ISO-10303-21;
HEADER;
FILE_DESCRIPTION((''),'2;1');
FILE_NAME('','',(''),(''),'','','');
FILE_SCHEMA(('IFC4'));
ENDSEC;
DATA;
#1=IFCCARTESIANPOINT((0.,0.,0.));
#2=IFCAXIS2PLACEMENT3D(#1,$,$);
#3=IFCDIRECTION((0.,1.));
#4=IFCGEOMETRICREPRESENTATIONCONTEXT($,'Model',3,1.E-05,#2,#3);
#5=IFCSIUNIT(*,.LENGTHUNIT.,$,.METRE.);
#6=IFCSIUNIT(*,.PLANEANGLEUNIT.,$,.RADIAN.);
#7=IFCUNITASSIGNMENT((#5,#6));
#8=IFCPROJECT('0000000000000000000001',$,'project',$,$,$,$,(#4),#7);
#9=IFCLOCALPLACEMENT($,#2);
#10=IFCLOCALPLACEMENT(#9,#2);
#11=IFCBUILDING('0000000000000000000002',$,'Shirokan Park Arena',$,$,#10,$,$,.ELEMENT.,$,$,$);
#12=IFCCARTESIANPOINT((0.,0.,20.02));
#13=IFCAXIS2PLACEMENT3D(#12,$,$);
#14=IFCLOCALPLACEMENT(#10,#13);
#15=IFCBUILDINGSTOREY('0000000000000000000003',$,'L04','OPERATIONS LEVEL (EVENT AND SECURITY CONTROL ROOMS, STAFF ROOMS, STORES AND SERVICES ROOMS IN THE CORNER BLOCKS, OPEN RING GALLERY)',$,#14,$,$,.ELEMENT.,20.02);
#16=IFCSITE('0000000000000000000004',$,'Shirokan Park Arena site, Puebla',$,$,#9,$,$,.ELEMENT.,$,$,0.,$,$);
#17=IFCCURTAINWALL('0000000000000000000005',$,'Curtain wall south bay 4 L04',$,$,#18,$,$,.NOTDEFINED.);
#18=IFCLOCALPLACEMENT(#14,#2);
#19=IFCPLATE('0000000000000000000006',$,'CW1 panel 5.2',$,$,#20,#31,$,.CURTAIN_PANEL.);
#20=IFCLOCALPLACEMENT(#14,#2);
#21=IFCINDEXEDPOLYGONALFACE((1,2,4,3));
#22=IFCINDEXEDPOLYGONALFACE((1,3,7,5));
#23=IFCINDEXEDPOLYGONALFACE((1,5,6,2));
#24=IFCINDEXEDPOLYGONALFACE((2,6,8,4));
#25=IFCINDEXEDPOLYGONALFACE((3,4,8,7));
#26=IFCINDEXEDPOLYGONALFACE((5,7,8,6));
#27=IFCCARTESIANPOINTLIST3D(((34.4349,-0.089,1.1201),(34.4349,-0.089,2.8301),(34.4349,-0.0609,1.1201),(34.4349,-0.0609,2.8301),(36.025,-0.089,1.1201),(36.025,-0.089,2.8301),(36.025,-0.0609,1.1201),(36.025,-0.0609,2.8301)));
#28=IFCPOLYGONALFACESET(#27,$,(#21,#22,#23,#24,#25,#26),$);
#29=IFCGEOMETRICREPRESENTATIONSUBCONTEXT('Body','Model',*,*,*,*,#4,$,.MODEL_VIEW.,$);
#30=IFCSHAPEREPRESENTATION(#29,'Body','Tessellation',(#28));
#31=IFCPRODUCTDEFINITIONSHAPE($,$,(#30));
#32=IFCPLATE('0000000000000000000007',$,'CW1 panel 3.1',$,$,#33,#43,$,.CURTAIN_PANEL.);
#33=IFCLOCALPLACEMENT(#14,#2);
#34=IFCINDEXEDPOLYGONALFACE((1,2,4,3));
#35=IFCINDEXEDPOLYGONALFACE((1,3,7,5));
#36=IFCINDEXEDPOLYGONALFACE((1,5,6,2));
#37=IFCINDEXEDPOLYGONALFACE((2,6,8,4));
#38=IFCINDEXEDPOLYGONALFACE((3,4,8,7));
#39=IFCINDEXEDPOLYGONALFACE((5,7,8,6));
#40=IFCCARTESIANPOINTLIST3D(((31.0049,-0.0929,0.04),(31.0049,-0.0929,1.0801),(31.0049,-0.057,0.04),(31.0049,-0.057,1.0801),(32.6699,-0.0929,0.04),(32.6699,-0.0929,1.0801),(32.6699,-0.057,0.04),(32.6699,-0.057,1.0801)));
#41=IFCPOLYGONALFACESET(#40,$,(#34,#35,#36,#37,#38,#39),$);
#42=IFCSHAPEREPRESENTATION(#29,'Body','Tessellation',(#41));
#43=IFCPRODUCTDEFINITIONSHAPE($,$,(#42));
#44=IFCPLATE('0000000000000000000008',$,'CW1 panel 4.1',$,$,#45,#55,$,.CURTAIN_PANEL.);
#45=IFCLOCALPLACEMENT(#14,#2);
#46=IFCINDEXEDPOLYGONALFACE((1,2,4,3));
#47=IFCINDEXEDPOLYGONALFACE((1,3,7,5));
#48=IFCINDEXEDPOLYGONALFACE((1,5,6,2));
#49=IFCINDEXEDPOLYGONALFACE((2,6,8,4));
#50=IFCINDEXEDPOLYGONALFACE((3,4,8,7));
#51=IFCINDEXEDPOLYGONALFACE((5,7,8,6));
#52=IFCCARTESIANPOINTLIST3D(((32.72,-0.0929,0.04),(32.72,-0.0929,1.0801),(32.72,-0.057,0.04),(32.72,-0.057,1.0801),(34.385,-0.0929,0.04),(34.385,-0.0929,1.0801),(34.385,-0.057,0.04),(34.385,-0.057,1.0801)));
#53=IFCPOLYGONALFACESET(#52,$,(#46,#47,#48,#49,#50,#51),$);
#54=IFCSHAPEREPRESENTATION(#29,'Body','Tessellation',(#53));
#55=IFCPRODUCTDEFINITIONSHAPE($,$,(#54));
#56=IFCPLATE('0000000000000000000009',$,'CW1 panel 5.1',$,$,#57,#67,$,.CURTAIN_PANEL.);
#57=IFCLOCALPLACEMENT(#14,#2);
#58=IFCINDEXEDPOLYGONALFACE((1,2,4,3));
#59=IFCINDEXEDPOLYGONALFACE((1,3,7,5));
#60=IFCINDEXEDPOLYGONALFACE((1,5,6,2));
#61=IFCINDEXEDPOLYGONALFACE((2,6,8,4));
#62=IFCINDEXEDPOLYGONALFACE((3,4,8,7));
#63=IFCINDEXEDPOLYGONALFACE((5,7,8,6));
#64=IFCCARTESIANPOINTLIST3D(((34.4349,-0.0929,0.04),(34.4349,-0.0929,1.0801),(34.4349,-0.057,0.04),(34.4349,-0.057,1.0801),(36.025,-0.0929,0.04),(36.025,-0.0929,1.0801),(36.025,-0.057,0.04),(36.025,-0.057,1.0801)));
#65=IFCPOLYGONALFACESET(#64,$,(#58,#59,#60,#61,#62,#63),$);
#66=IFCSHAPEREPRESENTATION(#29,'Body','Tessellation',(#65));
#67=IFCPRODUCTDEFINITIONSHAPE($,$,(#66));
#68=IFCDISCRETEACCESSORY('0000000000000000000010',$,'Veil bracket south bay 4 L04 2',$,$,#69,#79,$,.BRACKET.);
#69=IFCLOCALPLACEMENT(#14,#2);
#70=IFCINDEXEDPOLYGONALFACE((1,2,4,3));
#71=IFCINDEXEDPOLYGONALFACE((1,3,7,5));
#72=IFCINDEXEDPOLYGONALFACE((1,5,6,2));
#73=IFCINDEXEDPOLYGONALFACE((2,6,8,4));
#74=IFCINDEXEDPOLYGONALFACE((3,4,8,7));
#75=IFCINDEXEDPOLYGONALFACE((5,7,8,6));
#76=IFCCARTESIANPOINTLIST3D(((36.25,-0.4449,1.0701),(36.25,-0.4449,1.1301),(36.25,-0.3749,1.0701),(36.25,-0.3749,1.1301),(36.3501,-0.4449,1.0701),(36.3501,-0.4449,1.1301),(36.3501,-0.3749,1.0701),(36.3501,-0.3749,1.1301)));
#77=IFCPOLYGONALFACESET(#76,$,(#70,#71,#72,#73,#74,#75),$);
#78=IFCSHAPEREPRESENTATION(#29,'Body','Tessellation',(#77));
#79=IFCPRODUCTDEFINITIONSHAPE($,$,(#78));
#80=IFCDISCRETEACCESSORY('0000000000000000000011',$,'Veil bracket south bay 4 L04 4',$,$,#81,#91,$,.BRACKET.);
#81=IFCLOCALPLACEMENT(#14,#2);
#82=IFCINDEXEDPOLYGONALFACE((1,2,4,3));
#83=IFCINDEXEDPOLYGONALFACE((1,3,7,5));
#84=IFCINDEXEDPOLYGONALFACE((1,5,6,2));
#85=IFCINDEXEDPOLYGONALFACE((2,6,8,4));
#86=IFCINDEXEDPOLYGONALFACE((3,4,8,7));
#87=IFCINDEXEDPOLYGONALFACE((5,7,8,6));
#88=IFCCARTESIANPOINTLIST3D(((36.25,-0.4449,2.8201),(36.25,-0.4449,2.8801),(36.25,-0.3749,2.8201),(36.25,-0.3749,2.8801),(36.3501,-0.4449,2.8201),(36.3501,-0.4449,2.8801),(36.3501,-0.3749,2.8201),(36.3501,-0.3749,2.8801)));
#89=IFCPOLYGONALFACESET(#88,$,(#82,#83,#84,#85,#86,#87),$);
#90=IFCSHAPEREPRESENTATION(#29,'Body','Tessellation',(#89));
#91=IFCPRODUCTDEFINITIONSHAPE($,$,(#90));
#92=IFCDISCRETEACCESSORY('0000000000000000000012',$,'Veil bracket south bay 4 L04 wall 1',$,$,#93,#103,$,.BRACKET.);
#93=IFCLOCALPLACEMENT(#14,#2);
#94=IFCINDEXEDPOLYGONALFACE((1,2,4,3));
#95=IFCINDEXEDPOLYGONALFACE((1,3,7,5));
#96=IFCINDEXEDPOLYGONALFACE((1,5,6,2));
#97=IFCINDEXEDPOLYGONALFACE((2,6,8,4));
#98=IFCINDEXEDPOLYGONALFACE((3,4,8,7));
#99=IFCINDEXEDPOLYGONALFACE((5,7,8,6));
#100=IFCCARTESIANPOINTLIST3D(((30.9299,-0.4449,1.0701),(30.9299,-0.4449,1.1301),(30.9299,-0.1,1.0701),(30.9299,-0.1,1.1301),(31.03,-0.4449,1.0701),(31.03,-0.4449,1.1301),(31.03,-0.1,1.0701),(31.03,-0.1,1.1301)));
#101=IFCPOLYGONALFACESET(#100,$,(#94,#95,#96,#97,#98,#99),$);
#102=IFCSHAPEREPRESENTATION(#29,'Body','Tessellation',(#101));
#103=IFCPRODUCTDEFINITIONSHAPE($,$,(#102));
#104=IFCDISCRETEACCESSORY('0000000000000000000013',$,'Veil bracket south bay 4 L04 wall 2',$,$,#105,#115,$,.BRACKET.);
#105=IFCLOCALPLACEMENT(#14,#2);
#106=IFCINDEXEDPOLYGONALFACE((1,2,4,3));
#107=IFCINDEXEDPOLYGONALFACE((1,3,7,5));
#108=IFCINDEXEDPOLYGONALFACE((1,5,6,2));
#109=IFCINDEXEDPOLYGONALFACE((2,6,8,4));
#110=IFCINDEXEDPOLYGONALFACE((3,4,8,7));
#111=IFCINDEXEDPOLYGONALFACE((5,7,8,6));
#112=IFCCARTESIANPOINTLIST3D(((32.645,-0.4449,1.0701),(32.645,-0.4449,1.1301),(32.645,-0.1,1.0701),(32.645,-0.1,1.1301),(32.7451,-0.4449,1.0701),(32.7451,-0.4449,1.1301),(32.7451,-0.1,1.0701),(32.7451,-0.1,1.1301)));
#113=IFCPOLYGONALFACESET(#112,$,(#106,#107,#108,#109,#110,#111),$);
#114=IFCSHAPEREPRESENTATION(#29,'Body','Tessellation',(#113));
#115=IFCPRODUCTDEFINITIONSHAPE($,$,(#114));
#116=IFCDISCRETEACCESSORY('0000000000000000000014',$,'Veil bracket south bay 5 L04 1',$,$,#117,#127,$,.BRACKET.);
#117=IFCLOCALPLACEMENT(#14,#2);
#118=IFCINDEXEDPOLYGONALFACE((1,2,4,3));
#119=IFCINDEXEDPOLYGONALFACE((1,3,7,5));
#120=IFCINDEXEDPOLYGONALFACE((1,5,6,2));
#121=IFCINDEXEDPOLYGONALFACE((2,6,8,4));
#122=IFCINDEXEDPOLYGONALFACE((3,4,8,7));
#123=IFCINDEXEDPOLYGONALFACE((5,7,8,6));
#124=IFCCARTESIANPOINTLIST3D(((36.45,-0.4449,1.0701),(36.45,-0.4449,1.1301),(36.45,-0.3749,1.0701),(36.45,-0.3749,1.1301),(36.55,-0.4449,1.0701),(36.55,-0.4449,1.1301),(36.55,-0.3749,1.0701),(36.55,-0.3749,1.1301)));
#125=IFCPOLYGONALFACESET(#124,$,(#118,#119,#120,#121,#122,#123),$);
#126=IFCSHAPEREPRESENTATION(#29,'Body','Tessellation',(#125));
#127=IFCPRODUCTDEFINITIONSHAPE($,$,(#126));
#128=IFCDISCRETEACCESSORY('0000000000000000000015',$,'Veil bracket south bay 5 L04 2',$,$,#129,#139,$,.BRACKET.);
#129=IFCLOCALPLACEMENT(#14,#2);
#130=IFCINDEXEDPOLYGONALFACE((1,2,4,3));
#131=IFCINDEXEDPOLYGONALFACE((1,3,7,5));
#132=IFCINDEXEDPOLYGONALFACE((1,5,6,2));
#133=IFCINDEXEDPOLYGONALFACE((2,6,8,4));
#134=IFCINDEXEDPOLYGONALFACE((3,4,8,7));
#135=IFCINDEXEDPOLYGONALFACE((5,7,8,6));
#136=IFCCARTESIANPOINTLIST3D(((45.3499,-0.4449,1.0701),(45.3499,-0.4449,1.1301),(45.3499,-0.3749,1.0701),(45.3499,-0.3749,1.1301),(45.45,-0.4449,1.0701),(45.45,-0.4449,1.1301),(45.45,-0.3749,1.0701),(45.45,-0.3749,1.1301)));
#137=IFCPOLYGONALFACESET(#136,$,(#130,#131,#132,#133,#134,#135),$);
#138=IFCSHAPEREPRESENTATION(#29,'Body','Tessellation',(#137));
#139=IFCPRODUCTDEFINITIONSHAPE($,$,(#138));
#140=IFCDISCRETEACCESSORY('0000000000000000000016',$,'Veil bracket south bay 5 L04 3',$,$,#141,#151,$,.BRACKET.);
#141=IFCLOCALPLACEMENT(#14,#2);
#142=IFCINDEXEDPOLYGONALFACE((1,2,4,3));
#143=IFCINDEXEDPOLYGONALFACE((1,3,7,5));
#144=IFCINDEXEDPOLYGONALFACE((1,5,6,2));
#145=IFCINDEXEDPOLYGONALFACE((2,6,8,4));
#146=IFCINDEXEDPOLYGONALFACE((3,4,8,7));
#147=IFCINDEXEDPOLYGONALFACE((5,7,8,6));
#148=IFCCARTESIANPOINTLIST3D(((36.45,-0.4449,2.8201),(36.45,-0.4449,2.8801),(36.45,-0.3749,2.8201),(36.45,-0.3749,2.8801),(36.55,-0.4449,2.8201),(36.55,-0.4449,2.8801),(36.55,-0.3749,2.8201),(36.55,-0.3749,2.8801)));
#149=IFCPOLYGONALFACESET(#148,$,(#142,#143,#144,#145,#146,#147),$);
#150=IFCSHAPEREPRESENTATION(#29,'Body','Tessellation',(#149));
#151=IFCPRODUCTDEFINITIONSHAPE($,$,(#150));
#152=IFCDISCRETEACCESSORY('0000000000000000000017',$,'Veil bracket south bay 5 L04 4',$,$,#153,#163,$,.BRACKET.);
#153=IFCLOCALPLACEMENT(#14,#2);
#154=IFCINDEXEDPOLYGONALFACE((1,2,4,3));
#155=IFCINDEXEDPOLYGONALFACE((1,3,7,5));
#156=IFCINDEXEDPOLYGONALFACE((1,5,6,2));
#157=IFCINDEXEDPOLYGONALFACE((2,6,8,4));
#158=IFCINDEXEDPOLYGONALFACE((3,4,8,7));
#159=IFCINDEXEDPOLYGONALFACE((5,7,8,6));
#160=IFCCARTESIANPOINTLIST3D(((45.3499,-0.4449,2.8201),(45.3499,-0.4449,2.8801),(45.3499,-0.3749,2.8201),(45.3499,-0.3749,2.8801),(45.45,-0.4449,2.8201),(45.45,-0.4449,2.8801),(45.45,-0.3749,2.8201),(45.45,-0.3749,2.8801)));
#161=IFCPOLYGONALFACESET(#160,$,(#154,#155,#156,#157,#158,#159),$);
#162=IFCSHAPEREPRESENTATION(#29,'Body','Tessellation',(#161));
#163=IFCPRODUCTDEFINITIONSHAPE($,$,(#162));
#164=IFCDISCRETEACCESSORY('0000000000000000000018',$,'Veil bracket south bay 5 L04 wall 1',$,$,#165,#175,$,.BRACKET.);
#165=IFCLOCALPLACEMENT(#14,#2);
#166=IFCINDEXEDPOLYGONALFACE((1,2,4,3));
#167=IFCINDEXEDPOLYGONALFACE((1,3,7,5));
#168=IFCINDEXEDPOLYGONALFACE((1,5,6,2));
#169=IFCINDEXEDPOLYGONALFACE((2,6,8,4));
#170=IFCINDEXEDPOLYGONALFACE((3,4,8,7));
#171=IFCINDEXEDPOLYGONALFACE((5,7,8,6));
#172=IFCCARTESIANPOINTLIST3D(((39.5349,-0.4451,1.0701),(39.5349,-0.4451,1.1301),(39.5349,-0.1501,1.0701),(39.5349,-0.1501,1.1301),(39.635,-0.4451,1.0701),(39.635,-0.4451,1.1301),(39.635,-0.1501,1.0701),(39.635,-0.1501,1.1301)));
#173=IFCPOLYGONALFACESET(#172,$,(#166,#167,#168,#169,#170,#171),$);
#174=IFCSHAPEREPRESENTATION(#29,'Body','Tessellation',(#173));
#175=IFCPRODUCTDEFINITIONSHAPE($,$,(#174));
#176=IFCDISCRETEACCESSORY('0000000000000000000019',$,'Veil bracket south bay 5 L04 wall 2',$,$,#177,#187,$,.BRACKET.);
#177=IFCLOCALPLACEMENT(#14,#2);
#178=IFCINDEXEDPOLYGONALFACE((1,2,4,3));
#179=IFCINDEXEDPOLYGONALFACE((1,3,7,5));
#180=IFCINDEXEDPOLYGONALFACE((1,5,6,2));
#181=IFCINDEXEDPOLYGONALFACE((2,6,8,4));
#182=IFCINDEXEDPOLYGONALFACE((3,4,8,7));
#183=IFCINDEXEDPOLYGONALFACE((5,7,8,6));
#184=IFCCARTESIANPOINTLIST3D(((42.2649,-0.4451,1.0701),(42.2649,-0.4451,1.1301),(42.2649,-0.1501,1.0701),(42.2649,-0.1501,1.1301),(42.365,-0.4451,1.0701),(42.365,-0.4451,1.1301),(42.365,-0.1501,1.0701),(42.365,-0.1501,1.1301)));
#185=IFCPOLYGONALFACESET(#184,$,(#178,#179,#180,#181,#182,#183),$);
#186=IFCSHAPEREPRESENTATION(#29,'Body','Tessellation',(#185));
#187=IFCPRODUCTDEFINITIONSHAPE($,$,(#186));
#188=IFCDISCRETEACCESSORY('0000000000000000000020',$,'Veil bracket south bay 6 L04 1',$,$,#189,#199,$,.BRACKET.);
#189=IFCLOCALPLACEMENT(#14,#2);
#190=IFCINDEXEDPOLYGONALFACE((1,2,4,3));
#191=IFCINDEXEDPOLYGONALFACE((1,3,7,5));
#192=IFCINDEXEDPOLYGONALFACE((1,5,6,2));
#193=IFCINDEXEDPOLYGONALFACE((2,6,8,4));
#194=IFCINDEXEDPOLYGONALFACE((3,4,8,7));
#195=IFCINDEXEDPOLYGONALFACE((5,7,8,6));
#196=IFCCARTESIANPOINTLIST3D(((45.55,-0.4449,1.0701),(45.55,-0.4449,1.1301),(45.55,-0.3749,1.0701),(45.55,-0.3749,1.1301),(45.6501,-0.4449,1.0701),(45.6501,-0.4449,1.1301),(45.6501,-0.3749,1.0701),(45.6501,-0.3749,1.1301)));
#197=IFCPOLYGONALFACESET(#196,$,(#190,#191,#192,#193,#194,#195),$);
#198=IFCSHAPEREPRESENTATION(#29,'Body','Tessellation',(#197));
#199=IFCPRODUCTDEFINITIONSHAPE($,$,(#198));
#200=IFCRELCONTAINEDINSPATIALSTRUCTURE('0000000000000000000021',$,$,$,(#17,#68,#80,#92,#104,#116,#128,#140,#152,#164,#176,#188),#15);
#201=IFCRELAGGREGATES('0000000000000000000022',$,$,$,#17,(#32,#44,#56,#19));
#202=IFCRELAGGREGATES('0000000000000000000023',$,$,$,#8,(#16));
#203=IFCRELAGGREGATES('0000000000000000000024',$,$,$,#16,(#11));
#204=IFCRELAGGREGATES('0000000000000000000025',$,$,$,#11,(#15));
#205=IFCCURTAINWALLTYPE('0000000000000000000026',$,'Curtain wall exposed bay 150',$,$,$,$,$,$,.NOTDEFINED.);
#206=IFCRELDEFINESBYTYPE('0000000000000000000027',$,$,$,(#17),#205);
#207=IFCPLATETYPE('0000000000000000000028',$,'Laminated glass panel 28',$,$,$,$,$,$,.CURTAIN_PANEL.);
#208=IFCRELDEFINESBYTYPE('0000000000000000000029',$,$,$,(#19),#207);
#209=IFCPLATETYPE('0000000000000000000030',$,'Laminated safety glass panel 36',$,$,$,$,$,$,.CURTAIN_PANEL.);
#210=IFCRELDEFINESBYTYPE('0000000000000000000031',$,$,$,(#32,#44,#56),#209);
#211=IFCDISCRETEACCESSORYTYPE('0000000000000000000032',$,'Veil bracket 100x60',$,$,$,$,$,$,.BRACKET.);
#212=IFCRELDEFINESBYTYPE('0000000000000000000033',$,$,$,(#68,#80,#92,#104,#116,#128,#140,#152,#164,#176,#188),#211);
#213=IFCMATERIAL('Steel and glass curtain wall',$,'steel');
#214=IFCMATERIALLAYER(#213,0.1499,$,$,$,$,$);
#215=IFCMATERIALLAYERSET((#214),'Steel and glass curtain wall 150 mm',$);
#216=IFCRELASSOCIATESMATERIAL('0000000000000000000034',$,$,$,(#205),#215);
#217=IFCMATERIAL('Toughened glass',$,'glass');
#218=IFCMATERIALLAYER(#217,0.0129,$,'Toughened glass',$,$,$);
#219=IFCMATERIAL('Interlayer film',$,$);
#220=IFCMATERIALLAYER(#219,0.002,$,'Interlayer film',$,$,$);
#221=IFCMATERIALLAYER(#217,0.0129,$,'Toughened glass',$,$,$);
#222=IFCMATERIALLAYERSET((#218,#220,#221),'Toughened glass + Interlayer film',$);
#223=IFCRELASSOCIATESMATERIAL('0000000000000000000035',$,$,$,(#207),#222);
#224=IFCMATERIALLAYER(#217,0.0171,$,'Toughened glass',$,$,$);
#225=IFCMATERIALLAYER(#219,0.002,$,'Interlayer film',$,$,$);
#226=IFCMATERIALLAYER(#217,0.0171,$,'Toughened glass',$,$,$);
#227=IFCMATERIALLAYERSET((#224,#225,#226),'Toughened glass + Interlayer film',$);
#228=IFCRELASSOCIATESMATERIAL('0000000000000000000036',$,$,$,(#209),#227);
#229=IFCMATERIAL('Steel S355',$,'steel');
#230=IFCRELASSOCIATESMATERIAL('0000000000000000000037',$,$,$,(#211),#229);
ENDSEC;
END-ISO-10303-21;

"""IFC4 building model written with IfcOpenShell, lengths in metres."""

from ifc_helpers import new_model, si_unit, direction, frame, origin, origin_2d, place, context, subcontext, project, spatial, rectangle, extrude, material, layer, layer_set, type_object, element, aggregate, save


model = new_model("IFC4")

# Units and contexts
model_context = context("Model", 3, precision=1e-05, world=origin(), true_north=direction((0.0, 1.0)))
body_context = subcontext(model_context, "Body", "Model", "MODEL_VIEW")
ifc_project = project(units=[si_unit("LENGTHUNIT", "METRE"), si_unit("PLANEANGLEUNIT", "RADIAN")], contexts=[model_context])

# Site, building, storey
site_placement = place(None, origin())
site = spatial("IfcSite", under=ifc_project, at=site_placement, Name="Shirokan Park Arena site, Puebla", CompositionType="ELEMENT", RefElevation=0.0)
building_placement = place(site_placement, origin())
building = spatial("IfcBuilding", under=site, at=building_placement, Name="Shirokan Park Arena", CompositionType="ELEMENT")
storey_placement = place(building_placement, frame((0.0, 0.0, 20.02)))
storey = spatial("IfcBuildingStorey", under=building, at=storey_placement, Name="L04", Description="OPERATIONS LEVEL (EVENT AND SECURITY CONTROL ROOMS, STAFF ROOMS, STORES AND SERVICES ROOMS IN THE CORNER BLOCKS, OPEN RING GALLERY)", CompositionType="ELEMENT", Elevation=20.02)

# Curtain wall, plates
ifc_material_1 = material(Name="Steel and glass curtain wall", Category="steel")
ifc_layer_1 = layer(ifc_material_1, 0.1499)
ifc_layer_set_1 = layer_set([ifc_layer_1], Name="Steel and glass curtain wall 150 mm")
curtain_wall_type = type_object("IfcCurtainWallType", Name="Curtain wall exposed bay 150", PredefinedType="NOTDEFINED", material=ifc_layer_set_1)
curtain_wall_placement = place(storey_placement, origin())
curtain_wall = element("IfcCurtainWall", 1, at=curtain_wall_placement, inside=storey, type_object=curtain_wall_type, Name="Curtain wall south bay 4 L04", PredefinedType="NOTDEFINED")
ifc_material_2 = material(Name="Steel S355", Category="steel")
ifc_material_3 = material(Name="Toughened glass", Category="glass")
ifc_layer_2 = layer(ifc_material_3, 0.0129, Name="Toughened glass")
ifc_material_4 = material(Name="Interlayer film")
ifc_layer_3 = layer(ifc_material_4, 0.002, Name="Interlayer film")
ifc_layer_4 = layer(ifc_material_3, 0.0129, Name="Toughened glass")
ifc_layer_set_2 = layer_set([ifc_layer_2, ifc_layer_3, ifc_layer_4], Name="Toughened glass + Interlayer film")
plate_type_1 = type_object("IfcPlateType", Name="Laminated glass panel 28", PredefinedType="CURTAIN_PANEL", material=ifc_layer_set_2)
plate_1_placement = place(storey_placement, frame((35.23, -0.075, 1.1201), z_axis=(0.0, 0.0, 1.0), x_axis=(1.0, 0.0, 0.0)))
plate_1 = element("IfcPlate", 2, at=plate_1_placement, type_object=plate_type_1, Name="CW1 panel 5.2", PredefinedType="CURTAIN_PANEL", context=body_context, shape_type="SweptSolid", body=[
    extrude(rectangle(XDim=1.5901, YDim=0.0281, at=origin_2d()), origin(), (0.0, 0.0, 1.0), 1.71),
])
ifc_layer_5 = layer(ifc_material_3, 0.0171, Name="Toughened glass")
ifc_layer_6 = layer(ifc_material_4, 0.002, Name="Interlayer film")
ifc_layer_7 = layer(ifc_material_3, 0.0171, Name="Toughened glass")
ifc_layer_set_3 = layer_set([ifc_layer_5, ifc_layer_6, ifc_layer_7], Name="Toughened glass + Interlayer film")
plate_type_2 = type_object("IfcPlateType", Name="Laminated safety glass panel 36", PredefinedType="CURTAIN_PANEL", material=ifc_layer_set_3)
plate_2_placement = place(storey_placement, frame((31.8374, -0.075, 0.04), z_axis=(0.0, 0.0, 1.0), x_axis=(1.0, 0.0, 0.0)))
plate_2 = element("IfcPlate", 3, at=plate_2_placement, type_object=plate_type_2, Name="CW1 panel 3.1", PredefinedType="CURTAIN_PANEL", context=body_context, shape_type="SweptSolid", body=[
    extrude(rectangle(XDim=1.665, YDim=0.0359, at=origin_2d()), origin(), (0.0, 0.0, 1.0), 1.04),
])
plate_3_placement = place(storey_placement, frame((33.5525, -0.075, 0.04), z_axis=(0.0, 0.0, 1.0), x_axis=(1.0, 0.0, 0.0)))
plate_3 = element("IfcPlate", 4, at=plate_3_placement, type_object=plate_type_2, Name="CW1 panel 4.1", PredefinedType="CURTAIN_PANEL", context=body_context, shape_type="SweptSolid", body=[
    extrude(rectangle(XDim=1.665, YDim=0.0359, at=origin_2d()), origin(), (0.0, 0.0, 1.0), 1.04),
])
plate_4_placement = place(storey_placement, frame((35.23, -0.075, 0.04), z_axis=(0.0, 0.0, 1.0), x_axis=(1.0, 0.0, 0.0)))
plate_4 = element("IfcPlate", 5, at=plate_4_placement, type_object=plate_type_2, Name="CW1 panel 5.1", PredefinedType="CURTAIN_PANEL", context=body_context, shape_type="SweptSolid", body=[
    extrude(rectangle(XDim=1.5901, YDim=0.0359, at=origin_2d()), origin(), (0.0, 0.0, 1.0), 1.04),
])
aggregate(curtain_wall, [plate_2, plate_3, plate_4, plate_1])

# Discrete accessories
discrete_accessory_type = type_object("IfcDiscreteAccessoryType", Name="Veil bracket 100x60", PredefinedType="BRACKET", material=ifc_material_2)
for number, where, z_axis, x_axis, name in (
    (6, (36.3, -0.4099, 1.0701), (0.0, 0.0, 1.0), (1.0, 0.0, 0.0), "Veil bracket south bay 4 L04 2"),
    (7, (36.3, -0.4099, 2.8201), (0.0, 0.0, 1.0), (1.0, 0.0, 0.0), "Veil bracket south bay 4 L04 4"),
):
    element("IfcDiscreteAccessory", number, at=place(storey_placement, frame(where, z_axis=z_axis, x_axis=x_axis)), inside=storey, type_object=discrete_accessory_type, Name=name, PredefinedType="BRACKET", context=body_context, shape_type="SweptSolid", body=[
        extrude(rectangle(XDim=0.1001, YDim=0.0701, at=origin_2d()), origin(), (0.0, 0.0, 1.0), 0.0601),
    ])
for number, where, z_axis, x_axis, name in (
    (8, (30.98, -0.2725, 1.0701), (0.0, 0.0, 1.0), (1.0, 0.0, 0.0), "Veil bracket south bay 4 L04 wall 1"),
    (9, (32.6951, -0.2725, 1.0701), (0.0, 0.0, 1.0), (1.0, 0.0, 0.0), "Veil bracket south bay 4 L04 wall 2"),
):
    element("IfcDiscreteAccessory", number, at=place(storey_placement, frame(where, z_axis=z_axis, x_axis=x_axis)), inside=storey, type_object=discrete_accessory_type, Name=name, PredefinedType="BRACKET", context=body_context, shape_type="SweptSolid", body=[
        extrude(rectangle(XDim=0.1001, YDim=0.345, at=origin_2d()), origin(), (0.0, 0.0, 1.0), 0.0601),
    ])
for number, where, z_axis, x_axis, name in (
    (10, (36.5, -0.4099, 1.0701), (0.0, 0.0, 1.0), (1.0, 0.0, 0.0), "Veil bracket south bay 5 L04 1"),
    (11, (45.3999, -0.4099, 1.0701), (0.0, 0.0, 1.0), (1.0, 0.0, 0.0), "Veil bracket south bay 5 L04 2"),
    (12, (36.5, -0.4099, 2.8201), (0.0, 0.0, 1.0), (1.0, 0.0, 0.0), "Veil bracket south bay 5 L04 3"),
    (13, (45.3999, -0.4099, 2.8201), (0.0, 0.0, 1.0), (1.0, 0.0, 0.0), "Veil bracket south bay 5 L04 4"),
):
    element("IfcDiscreteAccessory", number, at=place(storey_placement, frame(where, z_axis=z_axis, x_axis=x_axis)), inside=storey, type_object=discrete_accessory_type, Name=name, PredefinedType="BRACKET", context=body_context, shape_type="SweptSolid", body=[
        extrude(rectangle(XDim=0.1001, YDim=0.0701, at=origin_2d()), origin(), (0.0, 0.0, 1.0), 0.0601),
    ])
for number, where, z_axis, x_axis, name in (
    (14, (39.585, -0.2976, 1.0701), (0.0, 0.0, 1.0), (1.0, 0.0, 0.0), "Veil bracket south bay 5 L04 wall 1"),
    (15, (42.3149, -0.2976, 1.0701), (0.0, 0.0, 1.0), (1.0, 0.0, 0.0), "Veil bracket south bay 5 L04 wall 2"),
):
    element("IfcDiscreteAccessory", number, at=place(storey_placement, frame(where, z_axis=z_axis, x_axis=x_axis)), inside=storey, type_object=discrete_accessory_type, Name=name, PredefinedType="BRACKET", context=body_context, shape_type="SweptSolid", body=[
        extrude(rectangle(XDim=0.1001, YDim=0.2949, at=origin_2d()), origin(), (0.0, 0.0, 1.0), 0.0601),
    ])
discrete_accessory_placement = place(storey_placement, frame((45.6001, -0.4099, 1.0701), z_axis=(0.0, 0.0, 1.0), x_axis=(1.0, 0.0, 0.0)))
element("IfcDiscreteAccessory", 16, at=discrete_accessory_placement, inside=storey, type_object=discrete_accessory_type, Name="Veil bracket south bay 6 L04 1", PredefinedType="BRACKET", context=body_context, shape_type="SweptSolid", body=[
    extrude(rectangle(XDim=0.1001, YDim=0.0701, at=origin_2d()), origin(), (0.0, 0.0, 1.0), 0.0601),
])

save(model, "model.ifc")
